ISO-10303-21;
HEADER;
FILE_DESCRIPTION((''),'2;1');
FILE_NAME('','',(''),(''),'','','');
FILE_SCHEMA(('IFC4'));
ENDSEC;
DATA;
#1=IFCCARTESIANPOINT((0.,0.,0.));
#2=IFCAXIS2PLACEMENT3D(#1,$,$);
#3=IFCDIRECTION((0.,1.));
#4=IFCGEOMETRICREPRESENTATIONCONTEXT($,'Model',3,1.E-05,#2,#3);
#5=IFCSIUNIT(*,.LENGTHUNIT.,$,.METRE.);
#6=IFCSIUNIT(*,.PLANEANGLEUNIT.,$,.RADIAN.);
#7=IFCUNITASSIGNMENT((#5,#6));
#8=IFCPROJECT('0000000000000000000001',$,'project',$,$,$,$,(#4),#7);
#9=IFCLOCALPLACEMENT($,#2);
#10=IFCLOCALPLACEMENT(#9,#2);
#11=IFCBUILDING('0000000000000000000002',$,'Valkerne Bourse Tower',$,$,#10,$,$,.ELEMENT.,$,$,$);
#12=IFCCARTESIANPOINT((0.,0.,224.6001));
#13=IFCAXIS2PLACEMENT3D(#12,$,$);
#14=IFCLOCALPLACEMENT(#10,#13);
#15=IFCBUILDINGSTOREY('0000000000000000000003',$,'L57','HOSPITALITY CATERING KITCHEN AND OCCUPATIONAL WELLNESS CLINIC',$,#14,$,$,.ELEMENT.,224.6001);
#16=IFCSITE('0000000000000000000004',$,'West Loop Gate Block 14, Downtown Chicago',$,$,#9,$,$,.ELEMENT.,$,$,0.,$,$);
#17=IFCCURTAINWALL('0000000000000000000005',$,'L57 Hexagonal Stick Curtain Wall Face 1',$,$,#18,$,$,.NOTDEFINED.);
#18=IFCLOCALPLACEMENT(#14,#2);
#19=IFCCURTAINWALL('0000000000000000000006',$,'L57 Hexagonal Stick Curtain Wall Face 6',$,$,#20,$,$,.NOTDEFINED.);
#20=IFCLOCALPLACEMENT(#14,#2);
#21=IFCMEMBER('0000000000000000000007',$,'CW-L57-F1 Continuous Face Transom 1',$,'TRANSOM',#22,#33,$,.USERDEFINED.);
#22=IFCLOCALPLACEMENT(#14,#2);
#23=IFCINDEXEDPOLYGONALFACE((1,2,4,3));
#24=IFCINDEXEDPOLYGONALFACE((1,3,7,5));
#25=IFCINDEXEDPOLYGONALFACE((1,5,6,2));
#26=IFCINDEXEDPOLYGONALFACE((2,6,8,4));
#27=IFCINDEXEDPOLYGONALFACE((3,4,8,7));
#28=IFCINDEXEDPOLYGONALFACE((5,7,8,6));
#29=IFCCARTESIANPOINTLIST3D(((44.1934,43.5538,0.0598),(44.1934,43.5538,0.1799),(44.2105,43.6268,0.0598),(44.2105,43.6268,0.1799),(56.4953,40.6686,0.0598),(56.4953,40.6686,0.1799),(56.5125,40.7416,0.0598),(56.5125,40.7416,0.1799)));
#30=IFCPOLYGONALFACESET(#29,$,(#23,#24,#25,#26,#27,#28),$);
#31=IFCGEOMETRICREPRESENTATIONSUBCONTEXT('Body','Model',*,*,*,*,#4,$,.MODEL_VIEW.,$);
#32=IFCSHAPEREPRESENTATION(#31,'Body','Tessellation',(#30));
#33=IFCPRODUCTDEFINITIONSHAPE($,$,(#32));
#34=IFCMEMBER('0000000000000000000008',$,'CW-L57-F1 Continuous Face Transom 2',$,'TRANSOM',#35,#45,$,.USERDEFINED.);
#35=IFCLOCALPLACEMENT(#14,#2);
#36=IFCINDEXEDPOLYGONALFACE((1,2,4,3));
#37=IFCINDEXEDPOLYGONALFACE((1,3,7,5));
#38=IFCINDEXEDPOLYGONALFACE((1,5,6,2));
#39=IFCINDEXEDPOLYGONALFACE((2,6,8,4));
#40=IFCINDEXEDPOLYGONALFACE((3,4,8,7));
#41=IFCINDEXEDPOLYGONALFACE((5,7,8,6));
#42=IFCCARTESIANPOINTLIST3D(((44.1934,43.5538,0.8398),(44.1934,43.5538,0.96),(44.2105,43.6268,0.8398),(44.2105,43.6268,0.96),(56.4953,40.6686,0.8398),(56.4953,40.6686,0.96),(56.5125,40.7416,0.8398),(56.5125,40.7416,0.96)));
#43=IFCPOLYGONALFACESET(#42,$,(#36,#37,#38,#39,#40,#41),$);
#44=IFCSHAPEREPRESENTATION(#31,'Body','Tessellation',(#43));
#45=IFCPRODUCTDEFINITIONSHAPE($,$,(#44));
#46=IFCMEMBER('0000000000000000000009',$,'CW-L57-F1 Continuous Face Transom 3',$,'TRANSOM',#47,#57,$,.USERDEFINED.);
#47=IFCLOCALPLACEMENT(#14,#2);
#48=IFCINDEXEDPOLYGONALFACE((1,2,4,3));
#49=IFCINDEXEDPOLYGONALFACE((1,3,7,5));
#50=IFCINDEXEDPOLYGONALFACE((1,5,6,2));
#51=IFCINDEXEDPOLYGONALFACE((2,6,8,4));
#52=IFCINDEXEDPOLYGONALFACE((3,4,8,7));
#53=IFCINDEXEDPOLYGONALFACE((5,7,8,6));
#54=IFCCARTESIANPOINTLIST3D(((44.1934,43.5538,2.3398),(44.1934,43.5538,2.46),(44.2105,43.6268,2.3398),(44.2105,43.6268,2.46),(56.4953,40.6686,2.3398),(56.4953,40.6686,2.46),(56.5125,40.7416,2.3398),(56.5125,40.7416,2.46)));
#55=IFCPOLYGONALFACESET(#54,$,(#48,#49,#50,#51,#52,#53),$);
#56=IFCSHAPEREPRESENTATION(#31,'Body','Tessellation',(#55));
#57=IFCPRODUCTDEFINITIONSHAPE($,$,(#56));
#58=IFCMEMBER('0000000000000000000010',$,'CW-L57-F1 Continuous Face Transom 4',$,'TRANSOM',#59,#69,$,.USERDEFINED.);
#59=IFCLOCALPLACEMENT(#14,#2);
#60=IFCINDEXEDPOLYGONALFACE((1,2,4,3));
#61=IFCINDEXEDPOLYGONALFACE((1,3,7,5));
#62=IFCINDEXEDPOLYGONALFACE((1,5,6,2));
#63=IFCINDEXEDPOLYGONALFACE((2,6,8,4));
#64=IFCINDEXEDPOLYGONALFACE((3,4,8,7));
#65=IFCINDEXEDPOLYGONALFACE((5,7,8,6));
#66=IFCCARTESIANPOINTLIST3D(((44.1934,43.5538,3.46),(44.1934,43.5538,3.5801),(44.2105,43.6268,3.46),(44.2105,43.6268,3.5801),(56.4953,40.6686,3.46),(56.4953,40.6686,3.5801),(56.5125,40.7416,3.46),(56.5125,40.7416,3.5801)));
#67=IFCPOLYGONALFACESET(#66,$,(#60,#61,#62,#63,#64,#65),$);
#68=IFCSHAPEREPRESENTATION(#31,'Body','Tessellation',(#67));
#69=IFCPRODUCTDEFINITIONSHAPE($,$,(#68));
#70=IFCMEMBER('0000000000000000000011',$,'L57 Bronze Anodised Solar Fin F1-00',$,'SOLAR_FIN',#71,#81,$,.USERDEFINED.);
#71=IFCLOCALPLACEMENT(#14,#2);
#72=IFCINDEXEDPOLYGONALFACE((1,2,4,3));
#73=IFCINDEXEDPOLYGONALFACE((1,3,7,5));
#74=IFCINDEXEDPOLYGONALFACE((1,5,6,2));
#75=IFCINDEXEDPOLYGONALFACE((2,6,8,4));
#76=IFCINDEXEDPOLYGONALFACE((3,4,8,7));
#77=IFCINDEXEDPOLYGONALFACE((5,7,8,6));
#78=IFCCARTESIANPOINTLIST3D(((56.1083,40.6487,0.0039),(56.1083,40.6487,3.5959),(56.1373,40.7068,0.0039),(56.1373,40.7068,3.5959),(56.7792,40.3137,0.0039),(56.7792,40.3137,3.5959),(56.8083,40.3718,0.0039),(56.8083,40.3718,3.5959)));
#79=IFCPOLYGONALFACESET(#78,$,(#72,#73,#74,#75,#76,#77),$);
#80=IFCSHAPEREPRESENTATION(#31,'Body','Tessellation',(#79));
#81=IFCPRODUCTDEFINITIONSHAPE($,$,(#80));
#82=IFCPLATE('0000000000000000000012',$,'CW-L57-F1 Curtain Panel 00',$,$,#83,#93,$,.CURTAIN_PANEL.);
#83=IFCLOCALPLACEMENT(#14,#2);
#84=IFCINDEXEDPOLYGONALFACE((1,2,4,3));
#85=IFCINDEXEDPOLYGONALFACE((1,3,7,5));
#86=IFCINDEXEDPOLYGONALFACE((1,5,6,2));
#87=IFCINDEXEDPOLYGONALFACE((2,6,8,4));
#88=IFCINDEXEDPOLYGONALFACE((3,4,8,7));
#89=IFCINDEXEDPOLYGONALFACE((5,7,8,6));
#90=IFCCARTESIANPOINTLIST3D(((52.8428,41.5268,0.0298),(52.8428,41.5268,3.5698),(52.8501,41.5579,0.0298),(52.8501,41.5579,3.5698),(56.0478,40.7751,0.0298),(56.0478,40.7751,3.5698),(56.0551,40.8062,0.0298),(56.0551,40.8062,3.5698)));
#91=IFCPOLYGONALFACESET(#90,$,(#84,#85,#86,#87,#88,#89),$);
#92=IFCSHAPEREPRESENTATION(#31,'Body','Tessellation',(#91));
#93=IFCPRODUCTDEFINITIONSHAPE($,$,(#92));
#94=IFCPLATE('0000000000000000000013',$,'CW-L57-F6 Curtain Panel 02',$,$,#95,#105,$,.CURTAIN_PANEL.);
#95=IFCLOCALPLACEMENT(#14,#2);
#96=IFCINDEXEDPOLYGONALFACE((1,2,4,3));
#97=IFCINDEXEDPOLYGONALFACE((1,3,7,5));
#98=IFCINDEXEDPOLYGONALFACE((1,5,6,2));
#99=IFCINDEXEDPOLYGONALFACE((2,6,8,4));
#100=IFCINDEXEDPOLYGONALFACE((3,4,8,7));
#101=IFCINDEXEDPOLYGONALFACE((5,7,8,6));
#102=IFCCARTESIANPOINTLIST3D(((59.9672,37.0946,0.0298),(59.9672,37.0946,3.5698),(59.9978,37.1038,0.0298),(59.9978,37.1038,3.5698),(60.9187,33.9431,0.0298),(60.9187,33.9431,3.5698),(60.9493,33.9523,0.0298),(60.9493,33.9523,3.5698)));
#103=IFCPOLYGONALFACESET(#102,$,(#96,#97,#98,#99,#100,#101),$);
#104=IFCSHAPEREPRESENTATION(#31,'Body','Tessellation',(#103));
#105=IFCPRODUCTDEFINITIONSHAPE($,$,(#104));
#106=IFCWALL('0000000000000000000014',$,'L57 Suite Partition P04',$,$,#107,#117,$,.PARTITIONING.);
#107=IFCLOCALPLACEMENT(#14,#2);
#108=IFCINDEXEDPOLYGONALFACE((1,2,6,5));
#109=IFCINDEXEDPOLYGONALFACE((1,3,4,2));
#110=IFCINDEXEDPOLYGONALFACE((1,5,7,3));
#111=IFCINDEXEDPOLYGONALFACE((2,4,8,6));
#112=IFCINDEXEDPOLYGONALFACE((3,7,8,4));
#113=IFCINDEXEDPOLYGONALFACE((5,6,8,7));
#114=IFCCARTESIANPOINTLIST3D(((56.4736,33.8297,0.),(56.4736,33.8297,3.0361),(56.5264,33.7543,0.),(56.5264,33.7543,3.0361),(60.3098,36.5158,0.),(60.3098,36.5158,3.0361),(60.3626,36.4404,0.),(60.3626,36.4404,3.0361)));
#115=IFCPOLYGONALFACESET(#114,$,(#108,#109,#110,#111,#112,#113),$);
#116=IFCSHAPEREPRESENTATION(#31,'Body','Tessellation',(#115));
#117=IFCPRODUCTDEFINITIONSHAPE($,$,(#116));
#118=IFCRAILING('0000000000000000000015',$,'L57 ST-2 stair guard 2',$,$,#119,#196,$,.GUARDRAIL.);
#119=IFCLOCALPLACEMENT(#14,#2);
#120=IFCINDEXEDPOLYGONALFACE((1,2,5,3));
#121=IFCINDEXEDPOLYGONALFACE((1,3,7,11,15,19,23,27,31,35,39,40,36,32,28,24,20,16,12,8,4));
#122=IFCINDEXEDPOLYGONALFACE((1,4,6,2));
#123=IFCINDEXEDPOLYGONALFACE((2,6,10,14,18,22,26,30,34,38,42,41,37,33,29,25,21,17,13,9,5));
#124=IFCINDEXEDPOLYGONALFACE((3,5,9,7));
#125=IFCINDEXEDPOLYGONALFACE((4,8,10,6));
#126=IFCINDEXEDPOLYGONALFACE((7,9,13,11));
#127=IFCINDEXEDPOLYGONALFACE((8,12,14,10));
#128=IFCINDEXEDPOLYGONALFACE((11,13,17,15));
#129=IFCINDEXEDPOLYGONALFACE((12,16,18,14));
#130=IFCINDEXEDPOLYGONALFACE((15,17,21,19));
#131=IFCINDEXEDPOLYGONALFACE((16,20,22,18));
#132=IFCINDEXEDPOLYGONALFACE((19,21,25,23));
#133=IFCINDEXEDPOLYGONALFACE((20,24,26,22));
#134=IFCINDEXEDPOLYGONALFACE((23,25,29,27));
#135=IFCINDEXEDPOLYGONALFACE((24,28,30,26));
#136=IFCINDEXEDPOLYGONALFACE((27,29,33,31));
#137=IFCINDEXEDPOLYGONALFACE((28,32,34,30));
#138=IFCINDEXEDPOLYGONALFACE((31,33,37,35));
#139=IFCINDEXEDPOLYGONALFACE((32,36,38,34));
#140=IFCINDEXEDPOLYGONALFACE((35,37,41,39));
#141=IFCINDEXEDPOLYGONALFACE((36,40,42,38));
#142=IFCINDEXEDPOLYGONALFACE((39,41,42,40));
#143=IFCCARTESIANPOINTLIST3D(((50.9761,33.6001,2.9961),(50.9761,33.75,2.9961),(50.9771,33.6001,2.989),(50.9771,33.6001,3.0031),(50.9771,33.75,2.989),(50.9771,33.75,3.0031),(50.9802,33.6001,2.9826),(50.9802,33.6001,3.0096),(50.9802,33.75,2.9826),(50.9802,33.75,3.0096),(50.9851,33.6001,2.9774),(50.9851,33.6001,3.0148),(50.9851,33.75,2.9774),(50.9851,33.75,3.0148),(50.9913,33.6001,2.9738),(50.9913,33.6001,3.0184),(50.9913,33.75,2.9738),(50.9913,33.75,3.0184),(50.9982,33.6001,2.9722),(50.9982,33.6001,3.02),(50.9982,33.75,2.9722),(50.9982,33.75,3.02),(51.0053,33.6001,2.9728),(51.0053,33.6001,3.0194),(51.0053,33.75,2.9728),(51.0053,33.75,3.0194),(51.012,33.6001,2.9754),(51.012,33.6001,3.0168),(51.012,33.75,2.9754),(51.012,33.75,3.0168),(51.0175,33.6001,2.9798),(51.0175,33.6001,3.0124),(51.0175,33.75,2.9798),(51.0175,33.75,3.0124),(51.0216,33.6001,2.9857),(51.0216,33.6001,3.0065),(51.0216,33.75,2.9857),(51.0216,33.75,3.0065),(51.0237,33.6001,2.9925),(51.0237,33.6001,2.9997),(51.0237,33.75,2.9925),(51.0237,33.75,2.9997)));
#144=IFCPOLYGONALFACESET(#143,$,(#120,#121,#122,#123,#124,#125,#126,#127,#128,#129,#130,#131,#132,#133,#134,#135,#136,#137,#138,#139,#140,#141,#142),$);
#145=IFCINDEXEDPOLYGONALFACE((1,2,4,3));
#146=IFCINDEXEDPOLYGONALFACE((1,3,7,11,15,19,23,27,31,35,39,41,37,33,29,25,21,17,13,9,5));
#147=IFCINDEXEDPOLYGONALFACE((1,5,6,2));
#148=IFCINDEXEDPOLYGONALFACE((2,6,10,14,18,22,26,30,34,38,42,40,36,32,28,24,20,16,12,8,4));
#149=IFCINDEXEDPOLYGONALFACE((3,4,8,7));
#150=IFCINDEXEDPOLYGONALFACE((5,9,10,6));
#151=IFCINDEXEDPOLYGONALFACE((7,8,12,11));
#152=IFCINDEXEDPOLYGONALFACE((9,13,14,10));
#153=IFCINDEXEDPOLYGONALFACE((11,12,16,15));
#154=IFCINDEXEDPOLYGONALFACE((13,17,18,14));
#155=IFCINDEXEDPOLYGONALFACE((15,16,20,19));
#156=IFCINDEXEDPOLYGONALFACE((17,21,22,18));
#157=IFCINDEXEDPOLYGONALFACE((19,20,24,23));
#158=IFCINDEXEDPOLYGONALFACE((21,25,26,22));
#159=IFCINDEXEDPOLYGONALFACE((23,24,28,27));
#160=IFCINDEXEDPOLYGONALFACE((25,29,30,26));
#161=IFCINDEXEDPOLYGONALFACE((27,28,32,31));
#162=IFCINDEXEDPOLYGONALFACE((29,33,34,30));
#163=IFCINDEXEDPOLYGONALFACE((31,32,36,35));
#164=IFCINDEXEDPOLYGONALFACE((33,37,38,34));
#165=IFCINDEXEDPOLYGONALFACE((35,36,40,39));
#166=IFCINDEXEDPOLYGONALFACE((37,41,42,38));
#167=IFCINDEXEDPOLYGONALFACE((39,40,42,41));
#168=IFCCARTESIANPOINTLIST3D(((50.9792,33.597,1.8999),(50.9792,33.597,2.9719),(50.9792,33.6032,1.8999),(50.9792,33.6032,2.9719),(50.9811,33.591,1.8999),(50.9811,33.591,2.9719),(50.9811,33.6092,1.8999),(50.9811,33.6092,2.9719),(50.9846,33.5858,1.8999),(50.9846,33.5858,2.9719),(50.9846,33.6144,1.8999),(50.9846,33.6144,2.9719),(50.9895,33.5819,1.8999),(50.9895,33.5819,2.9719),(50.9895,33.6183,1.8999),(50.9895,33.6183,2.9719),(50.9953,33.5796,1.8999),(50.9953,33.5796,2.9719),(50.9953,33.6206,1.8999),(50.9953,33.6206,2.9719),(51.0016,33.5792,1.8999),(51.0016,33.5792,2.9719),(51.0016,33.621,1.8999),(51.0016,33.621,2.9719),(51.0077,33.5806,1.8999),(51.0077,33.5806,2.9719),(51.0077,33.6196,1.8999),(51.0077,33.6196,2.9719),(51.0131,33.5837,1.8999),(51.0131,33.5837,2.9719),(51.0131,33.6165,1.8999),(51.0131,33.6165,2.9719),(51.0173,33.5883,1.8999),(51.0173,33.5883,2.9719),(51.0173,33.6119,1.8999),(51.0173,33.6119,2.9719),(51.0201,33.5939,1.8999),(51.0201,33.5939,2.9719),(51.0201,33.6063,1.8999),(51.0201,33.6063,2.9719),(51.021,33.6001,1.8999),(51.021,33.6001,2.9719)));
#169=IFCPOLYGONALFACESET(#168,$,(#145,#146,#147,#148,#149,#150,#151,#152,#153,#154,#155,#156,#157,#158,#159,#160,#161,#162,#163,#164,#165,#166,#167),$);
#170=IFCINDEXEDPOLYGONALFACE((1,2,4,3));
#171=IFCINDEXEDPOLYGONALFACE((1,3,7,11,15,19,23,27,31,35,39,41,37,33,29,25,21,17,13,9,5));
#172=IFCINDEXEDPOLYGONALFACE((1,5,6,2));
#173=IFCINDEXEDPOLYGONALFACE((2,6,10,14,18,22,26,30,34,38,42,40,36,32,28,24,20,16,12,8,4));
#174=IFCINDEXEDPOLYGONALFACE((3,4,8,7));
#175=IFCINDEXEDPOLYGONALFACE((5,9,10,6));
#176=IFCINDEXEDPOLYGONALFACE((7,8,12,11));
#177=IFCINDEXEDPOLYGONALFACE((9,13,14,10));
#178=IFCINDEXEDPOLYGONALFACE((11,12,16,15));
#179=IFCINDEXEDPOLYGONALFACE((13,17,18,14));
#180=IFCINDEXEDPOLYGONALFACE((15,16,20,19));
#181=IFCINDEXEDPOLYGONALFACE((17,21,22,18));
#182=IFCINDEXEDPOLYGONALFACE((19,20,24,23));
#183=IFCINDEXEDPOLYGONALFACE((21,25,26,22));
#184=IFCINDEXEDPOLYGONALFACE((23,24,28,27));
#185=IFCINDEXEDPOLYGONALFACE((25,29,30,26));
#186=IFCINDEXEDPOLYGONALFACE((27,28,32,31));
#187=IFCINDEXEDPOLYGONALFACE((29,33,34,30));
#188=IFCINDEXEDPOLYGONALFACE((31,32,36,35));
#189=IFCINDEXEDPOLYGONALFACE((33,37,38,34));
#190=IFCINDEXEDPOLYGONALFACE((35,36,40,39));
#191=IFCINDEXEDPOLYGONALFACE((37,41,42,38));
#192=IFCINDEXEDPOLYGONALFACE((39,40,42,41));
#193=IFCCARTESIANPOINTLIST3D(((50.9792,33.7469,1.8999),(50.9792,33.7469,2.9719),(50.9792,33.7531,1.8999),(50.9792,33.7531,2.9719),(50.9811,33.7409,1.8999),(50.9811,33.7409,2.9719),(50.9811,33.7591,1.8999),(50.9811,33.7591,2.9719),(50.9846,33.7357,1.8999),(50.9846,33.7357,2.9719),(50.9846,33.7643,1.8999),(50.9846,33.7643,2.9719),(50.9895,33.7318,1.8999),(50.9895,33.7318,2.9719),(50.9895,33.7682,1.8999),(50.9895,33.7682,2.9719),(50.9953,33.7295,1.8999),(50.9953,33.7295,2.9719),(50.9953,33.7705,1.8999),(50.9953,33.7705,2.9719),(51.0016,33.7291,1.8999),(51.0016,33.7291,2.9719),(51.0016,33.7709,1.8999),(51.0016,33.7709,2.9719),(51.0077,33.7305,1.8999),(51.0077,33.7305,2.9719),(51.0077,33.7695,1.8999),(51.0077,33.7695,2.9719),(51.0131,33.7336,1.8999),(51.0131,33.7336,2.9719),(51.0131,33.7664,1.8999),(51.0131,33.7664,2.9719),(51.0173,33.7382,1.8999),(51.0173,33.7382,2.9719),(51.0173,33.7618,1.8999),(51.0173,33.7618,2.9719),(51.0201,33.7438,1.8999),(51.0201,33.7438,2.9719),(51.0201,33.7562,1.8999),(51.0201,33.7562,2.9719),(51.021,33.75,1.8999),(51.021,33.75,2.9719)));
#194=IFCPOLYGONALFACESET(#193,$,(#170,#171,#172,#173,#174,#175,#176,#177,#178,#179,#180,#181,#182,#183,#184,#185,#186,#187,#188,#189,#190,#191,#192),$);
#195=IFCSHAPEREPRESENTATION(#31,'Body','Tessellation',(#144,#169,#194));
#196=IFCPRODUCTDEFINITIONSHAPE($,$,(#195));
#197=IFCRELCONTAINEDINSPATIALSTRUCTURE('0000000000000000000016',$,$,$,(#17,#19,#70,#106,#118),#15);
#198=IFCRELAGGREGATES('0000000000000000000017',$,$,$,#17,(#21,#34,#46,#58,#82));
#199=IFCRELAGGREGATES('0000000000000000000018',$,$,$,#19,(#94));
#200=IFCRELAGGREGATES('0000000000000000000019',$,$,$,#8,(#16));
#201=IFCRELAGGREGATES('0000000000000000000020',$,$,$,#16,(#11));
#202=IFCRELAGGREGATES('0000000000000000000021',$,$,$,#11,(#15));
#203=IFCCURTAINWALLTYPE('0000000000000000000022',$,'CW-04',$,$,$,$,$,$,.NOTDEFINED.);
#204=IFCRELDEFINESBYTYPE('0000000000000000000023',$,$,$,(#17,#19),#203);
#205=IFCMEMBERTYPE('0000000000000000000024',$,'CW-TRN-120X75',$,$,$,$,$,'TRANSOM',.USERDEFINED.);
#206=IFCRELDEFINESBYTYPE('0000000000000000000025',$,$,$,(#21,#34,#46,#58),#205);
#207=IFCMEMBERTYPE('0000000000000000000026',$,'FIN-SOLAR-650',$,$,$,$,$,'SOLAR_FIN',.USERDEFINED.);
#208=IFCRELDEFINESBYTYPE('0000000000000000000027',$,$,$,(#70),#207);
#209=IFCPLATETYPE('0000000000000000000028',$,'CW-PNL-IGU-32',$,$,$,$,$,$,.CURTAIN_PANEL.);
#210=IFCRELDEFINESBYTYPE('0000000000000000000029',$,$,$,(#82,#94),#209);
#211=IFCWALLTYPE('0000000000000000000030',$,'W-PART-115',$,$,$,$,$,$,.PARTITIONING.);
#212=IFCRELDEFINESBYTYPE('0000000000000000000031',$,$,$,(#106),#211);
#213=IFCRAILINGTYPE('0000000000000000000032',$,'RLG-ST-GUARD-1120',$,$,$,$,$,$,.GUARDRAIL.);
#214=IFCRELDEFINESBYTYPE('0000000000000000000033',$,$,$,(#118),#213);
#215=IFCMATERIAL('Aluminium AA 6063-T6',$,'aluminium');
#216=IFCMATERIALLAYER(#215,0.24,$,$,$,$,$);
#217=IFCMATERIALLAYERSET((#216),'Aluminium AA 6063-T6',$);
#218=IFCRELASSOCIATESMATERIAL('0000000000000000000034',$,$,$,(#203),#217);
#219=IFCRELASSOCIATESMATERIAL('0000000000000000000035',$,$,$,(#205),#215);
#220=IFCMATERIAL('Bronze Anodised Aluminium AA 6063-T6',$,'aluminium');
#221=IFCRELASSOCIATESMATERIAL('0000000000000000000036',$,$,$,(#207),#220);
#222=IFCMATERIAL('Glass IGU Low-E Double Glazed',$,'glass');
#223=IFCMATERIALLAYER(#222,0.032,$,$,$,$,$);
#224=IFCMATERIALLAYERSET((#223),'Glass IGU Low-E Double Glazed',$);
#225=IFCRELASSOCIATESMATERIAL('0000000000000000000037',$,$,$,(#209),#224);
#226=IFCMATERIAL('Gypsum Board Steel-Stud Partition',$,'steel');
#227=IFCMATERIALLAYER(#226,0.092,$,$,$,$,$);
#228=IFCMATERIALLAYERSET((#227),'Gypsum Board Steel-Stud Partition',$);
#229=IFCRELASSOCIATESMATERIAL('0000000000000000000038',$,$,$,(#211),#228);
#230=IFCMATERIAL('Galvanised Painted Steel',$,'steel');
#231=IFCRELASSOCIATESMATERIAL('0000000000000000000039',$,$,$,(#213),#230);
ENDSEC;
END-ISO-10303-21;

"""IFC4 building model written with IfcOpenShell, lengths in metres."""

from ifc_helpers import new_model, si_unit, direction, frame, frame_2d, origin, origin_2d, place, context, subcontext, project, spatial, rectangle, circle, extrude, material, layer, layer_set, material_profile, profile_set, type_object, element, aggregate, save


model = new_model("IFC4")

# Units and contexts
model_context = context("Model", 3, precision=1e-05, world=origin(), true_north=direction((0.0, 1.0)))
body_context = subcontext(model_context, "Body", "Model", "MODEL_VIEW")
ifc_project = project(units=[si_unit("LENGTHUNIT", "METRE"), si_unit("PLANEANGLEUNIT", "RADIAN")], contexts=[model_context])

# Site, building, storey
site_placement = place(None, origin())
site = spatial("IfcSite", under=ifc_project, at=site_placement, Name="West Loop Gate Block 14, Downtown Chicago", CompositionType="ELEMENT", RefElevation=0.0)
building_placement = place(site_placement, origin())
building = spatial("IfcBuilding", under=site, at=building_placement, Name="Valkerne Bourse Tower", CompositionType="ELEMENT")
storey_placement = place(building_placement, frame((0.0, 0.0, 224.6001)))
storey = spatial("IfcBuildingStorey", under=building, at=storey_placement, Name="L57", Description="HOSPITALITY CATERING KITCHEN AND OCCUPATIONAL WELLNESS CLINIC", CompositionType="ELEMENT", Elevation=224.6001)

# Curtain walls
ifc_material_1 = material(Name="Aluminium AA 6063-T6", Category="aluminium")
ifc_layer_1 = layer(ifc_material_1, 0.24)
ifc_layer_set_1 = layer_set([ifc_layer_1], Name="Aluminium AA 6063-T6")
curtain_wall_type = type_object("IfcCurtainWallType", Name="CW-04", PredefinedType="NOTDEFINED", material=ifc_layer_set_1)
curtain_wall_1_placement = place(storey_placement, origin())
curtain_wall_1 = element("IfcCurtainWall", 1, at=curtain_wall_1_placement, inside=storey, type_object=curtain_wall_type, Name="L57 Hexagonal Stick Curtain Wall Face 1", PredefinedType="NOTDEFINED")
curtain_wall_2_placement = place(storey_placement, origin())
curtain_wall_2 = element("IfcCurtainWall", 2, at=curtain_wall_2_placement, inside=storey, type_object=curtain_wall_type, Name="L57 Hexagonal Stick Curtain Wall Face 6", PredefinedType="NOTDEFINED")

# Members
ifc_material_profile_1 = material_profile(ifc_material_1, rectangle(XDim=0.075, YDim=0.1201, at=origin_2d()), Name="CWT-75X120")
ifc_profile_set_1 = profile_set([ifc_material_profile_1], Name="Aluminium AA 6063-T6")
member_type_1 = type_object("IfcMemberType", Name="CW-TRN-120X75", ElementType="TRANSOM", PredefinedType="USERDEFINED", material=ifc_profile_set_1)
member_1_placement = place(storey_placement, frame((56.5039, 40.7051, 0.1199), z_axis=(-0.973582, 0.228339, 0.0), x_axis=(-0.228339, -0.973582, 0.0)))
member_1 = element("IfcMember", 3, at=member_1_placement, type_object=member_type_1, Name="CW-L57-F1 Continuous Face Transom 1", ObjectType="TRANSOM", PredefinedType="USERDEFINED", context=body_context, shape_type="SweptSolid", body=[
    extrude(rectangle(XDim=0.075, YDim=0.1201, at=origin_2d()), origin(), (0.0, 0.0, 1.0), 12.6357),
])
member_2_placement = place(storey_placement, frame((56.5039, 40.7051, 0.8999), z_axis=(-0.973582, 0.228339, 0.0), x_axis=(-0.228339, -0.973582, 0.0)))
member_2 = element("IfcMember", 4, at=member_2_placement, type_object=member_type_1, Name="CW-L57-F1 Continuous Face Transom 2", ObjectType="TRANSOM", PredefinedType="USERDEFINED", context=body_context, shape_type="SweptSolid", body=[
    extrude(rectangle(XDim=0.075, YDim=0.1201, at=origin_2d()), origin(), (0.0, 0.0, 1.0), 12.6357),
])
member_3_placement = place(storey_placement, frame((56.5039, 40.7051, 2.3999), z_axis=(-0.973582, 0.228339, 0.0), x_axis=(-0.228339, -0.973582, 0.0)))
member_3 = element("IfcMember", 5, at=member_3_placement, type_object=member_type_1, Name="CW-L57-F1 Continuous Face Transom 3", ObjectType="TRANSOM", PredefinedType="USERDEFINED", context=body_context, shape_type="SweptSolid", body=[
    extrude(rectangle(XDim=0.075, YDim=0.1201, at=origin_2d()), origin(), (0.0, 0.0, 1.0), 12.6357),
])
member_4_placement = place(storey_placement, frame((56.5039, 40.7051, 3.52), z_axis=(-0.973582, 0.228339, 0.0), x_axis=(-0.228339, -0.973582, 0.0)))
member_4 = element("IfcMember", 6, at=member_4_placement, type_object=member_type_1, Name="CW-L57-F1 Continuous Face Transom 4", ObjectType="TRANSOM", PredefinedType="USERDEFINED", context=body_context, shape_type="SweptSolid", body=[
    extrude(rectangle(XDim=0.075, YDim=0.1201, at=origin_2d()), origin(), (0.0, 0.0, 1.0), 12.6357),
])
ifc_material_2 = material(Name="Bronze Anodised Aluminium AA 6063-T6", Category="aluminium")
ifc_material_profile_2 = material_profile(ifc_material_2, rectangle(XDim=0.0649, YDim=0.75, at=origin_2d()), Name="FIN-65X750")
ifc_profile_set_2 = profile_set([ifc_material_profile_2], Name="Bronze Anodised Aluminium AA 6063-T6")
member_type_2 = type_object("IfcMemberType", Name="FIN-SOLAR-650", ElementType="SOLAR_FIN", PredefinedType="USERDEFINED", material=ifc_profile_set_2)
member_5_placement = place(storey_placement, frame((56.4583, 40.5103, 0.0039), z_axis=(0.0, 0.0, 1.0), x_axis=(0.446778, 0.894645, 0.0)))
element("IfcMember", 7, at=member_5_placement, inside=storey, type_object=member_type_2, Name="L57 Bronze Anodised Solar Fin F1-00", ObjectType="SOLAR_FIN", PredefinedType="USERDEFINED", context=body_context, shape_type="SweptSolid", body=[
    extrude(rectangle(XDim=0.0649, YDim=0.75, at=origin_2d()), origin(), (0.0, 0.0, 1.0), 3.592),
])

# Plates
ifc_material_3 = material(Name="Glass IGU Low-E Double Glazed", Category="glass")
ifc_layer_2 = layer(ifc_material_3, 0.032)
ifc_layer_set_2 = layer_set([ifc_layer_2], Name="Glass IGU Low-E Double Glazed")
plate_type = type_object("IfcPlateType", Name="CW-PNL-IGU-32", PredefinedType="CURTAIN_PANEL", material=ifc_layer_set_2)
plate_1_placement = place(storey_placement, frame((54.449, 41.1665, 0.0298), z_axis=(0.0, 0.0, 1.0), x_axis=(-0.973579, 0.228349, 0.0)))
plate_1 = element("IfcPlate", 8, at=plate_1_placement, type_object=plate_type, Name="CW-L57-F1 Curtain Panel 00", PredefinedType="CURTAIN_PANEL", context=body_context, shape_type="SweptSolid", body=[
    extrude(rectangle(XDim=3.292, YDim=0.032, at=origin_2d()), origin(), (0.0, 0.0, 1.0), 3.54),
])
aggregate(curtain_wall_1, [member_1, member_2, member_3, member_4, plate_1])
plate_2_placement = place(storey_placement, frame((60.4583, 35.5234, 0.0298), z_axis=(0.0, 0.0, 1.0), x_axis=(-0.289027, 0.957321, 0.0)))
plate_2 = element("IfcPlate", 9, at=plate_2_placement, type_object=plate_type, Name="CW-L57-F6 Curtain Panel 02", PredefinedType="CURTAIN_PANEL", context=body_context, shape_type="SweptSolid", body=[
    extrude(rectangle(XDim=3.292, YDim=0.032, at=origin_2d()), origin(), (0.0, 0.0, 1.0), 3.54),
])
aggregate(curtain_wall_2, [plate_2])

# Wall
ifc_material_4 = material(Name="Gypsum Board Steel-Stud Partition", Category="steel")
ifc_layer_3 = layer(ifc_material_4, 0.092)
ifc_layer_set_3 = layer_set([ifc_layer_3], Name="Gypsum Board Steel-Stud Partition")
wall_type = type_object("IfcWallType", Name="W-PART-115", PredefinedType="PARTITIONING", material=ifc_layer_set_3)
wall_placement = place(storey_placement, frame((56.5, 33.792, 0.0), z_axis=(0.0, 0.0, 1.0), x_axis=(0.819161, 0.573564, 0.0)))
element("IfcWall", 10, at=wall_placement, inside=storey, type_object=wall_type, Name="L57 Suite Partition P04", PredefinedType="PARTITIONING", context=body_context, shape_type="SweptSolid", body=[
    extrude(rectangle(XDim=4.6831, YDim=0.092, at=frame_2d((2.3416, 0.0))), origin(), (0.0, 0.0, 1.0), 3.0361),
])

# Railing
ifc_material_5 = material(Name="Galvanised Painted Steel", Category="steel")
railing_type_1 = type_object("IfcRailingType", Name="RLG-ST-GUARD-1120", PredefinedType="GUARDRAIL", material=ifc_material_5)
railing_1_placement = place(storey_placement, frame((51.0, 33.6001, 1.8999)))
element("IfcRailing", 11, at=railing_1_placement, inside=storey, type_object=railing_type_1, Name="L57 ST-2 stair guard 2", PredefinedType="GUARDRAIL", context=body_context, shape_type="SweptSolid", body=[
    extrude(circle(Radius=0.0239, at=origin_2d()), frame((0.0, 0.0, 1.0962), z_axis=(0.0, 1.0, 0.0), x_axis=(-1.0, 0.0, 0.0)), (0.0, 0.0, 1.0), 0.1499),
    extrude(circle(Radius=0.021, at=origin_2d()), origin(), (0.0, 0.0, 1.0), 1.072),
    extrude(circle(Radius=0.021, at=origin_2d()), frame((0.0, 0.1499, 0.0)), (0.0, 0.0, 1.0), 1.072),
])

save(model, "model.ifc")
